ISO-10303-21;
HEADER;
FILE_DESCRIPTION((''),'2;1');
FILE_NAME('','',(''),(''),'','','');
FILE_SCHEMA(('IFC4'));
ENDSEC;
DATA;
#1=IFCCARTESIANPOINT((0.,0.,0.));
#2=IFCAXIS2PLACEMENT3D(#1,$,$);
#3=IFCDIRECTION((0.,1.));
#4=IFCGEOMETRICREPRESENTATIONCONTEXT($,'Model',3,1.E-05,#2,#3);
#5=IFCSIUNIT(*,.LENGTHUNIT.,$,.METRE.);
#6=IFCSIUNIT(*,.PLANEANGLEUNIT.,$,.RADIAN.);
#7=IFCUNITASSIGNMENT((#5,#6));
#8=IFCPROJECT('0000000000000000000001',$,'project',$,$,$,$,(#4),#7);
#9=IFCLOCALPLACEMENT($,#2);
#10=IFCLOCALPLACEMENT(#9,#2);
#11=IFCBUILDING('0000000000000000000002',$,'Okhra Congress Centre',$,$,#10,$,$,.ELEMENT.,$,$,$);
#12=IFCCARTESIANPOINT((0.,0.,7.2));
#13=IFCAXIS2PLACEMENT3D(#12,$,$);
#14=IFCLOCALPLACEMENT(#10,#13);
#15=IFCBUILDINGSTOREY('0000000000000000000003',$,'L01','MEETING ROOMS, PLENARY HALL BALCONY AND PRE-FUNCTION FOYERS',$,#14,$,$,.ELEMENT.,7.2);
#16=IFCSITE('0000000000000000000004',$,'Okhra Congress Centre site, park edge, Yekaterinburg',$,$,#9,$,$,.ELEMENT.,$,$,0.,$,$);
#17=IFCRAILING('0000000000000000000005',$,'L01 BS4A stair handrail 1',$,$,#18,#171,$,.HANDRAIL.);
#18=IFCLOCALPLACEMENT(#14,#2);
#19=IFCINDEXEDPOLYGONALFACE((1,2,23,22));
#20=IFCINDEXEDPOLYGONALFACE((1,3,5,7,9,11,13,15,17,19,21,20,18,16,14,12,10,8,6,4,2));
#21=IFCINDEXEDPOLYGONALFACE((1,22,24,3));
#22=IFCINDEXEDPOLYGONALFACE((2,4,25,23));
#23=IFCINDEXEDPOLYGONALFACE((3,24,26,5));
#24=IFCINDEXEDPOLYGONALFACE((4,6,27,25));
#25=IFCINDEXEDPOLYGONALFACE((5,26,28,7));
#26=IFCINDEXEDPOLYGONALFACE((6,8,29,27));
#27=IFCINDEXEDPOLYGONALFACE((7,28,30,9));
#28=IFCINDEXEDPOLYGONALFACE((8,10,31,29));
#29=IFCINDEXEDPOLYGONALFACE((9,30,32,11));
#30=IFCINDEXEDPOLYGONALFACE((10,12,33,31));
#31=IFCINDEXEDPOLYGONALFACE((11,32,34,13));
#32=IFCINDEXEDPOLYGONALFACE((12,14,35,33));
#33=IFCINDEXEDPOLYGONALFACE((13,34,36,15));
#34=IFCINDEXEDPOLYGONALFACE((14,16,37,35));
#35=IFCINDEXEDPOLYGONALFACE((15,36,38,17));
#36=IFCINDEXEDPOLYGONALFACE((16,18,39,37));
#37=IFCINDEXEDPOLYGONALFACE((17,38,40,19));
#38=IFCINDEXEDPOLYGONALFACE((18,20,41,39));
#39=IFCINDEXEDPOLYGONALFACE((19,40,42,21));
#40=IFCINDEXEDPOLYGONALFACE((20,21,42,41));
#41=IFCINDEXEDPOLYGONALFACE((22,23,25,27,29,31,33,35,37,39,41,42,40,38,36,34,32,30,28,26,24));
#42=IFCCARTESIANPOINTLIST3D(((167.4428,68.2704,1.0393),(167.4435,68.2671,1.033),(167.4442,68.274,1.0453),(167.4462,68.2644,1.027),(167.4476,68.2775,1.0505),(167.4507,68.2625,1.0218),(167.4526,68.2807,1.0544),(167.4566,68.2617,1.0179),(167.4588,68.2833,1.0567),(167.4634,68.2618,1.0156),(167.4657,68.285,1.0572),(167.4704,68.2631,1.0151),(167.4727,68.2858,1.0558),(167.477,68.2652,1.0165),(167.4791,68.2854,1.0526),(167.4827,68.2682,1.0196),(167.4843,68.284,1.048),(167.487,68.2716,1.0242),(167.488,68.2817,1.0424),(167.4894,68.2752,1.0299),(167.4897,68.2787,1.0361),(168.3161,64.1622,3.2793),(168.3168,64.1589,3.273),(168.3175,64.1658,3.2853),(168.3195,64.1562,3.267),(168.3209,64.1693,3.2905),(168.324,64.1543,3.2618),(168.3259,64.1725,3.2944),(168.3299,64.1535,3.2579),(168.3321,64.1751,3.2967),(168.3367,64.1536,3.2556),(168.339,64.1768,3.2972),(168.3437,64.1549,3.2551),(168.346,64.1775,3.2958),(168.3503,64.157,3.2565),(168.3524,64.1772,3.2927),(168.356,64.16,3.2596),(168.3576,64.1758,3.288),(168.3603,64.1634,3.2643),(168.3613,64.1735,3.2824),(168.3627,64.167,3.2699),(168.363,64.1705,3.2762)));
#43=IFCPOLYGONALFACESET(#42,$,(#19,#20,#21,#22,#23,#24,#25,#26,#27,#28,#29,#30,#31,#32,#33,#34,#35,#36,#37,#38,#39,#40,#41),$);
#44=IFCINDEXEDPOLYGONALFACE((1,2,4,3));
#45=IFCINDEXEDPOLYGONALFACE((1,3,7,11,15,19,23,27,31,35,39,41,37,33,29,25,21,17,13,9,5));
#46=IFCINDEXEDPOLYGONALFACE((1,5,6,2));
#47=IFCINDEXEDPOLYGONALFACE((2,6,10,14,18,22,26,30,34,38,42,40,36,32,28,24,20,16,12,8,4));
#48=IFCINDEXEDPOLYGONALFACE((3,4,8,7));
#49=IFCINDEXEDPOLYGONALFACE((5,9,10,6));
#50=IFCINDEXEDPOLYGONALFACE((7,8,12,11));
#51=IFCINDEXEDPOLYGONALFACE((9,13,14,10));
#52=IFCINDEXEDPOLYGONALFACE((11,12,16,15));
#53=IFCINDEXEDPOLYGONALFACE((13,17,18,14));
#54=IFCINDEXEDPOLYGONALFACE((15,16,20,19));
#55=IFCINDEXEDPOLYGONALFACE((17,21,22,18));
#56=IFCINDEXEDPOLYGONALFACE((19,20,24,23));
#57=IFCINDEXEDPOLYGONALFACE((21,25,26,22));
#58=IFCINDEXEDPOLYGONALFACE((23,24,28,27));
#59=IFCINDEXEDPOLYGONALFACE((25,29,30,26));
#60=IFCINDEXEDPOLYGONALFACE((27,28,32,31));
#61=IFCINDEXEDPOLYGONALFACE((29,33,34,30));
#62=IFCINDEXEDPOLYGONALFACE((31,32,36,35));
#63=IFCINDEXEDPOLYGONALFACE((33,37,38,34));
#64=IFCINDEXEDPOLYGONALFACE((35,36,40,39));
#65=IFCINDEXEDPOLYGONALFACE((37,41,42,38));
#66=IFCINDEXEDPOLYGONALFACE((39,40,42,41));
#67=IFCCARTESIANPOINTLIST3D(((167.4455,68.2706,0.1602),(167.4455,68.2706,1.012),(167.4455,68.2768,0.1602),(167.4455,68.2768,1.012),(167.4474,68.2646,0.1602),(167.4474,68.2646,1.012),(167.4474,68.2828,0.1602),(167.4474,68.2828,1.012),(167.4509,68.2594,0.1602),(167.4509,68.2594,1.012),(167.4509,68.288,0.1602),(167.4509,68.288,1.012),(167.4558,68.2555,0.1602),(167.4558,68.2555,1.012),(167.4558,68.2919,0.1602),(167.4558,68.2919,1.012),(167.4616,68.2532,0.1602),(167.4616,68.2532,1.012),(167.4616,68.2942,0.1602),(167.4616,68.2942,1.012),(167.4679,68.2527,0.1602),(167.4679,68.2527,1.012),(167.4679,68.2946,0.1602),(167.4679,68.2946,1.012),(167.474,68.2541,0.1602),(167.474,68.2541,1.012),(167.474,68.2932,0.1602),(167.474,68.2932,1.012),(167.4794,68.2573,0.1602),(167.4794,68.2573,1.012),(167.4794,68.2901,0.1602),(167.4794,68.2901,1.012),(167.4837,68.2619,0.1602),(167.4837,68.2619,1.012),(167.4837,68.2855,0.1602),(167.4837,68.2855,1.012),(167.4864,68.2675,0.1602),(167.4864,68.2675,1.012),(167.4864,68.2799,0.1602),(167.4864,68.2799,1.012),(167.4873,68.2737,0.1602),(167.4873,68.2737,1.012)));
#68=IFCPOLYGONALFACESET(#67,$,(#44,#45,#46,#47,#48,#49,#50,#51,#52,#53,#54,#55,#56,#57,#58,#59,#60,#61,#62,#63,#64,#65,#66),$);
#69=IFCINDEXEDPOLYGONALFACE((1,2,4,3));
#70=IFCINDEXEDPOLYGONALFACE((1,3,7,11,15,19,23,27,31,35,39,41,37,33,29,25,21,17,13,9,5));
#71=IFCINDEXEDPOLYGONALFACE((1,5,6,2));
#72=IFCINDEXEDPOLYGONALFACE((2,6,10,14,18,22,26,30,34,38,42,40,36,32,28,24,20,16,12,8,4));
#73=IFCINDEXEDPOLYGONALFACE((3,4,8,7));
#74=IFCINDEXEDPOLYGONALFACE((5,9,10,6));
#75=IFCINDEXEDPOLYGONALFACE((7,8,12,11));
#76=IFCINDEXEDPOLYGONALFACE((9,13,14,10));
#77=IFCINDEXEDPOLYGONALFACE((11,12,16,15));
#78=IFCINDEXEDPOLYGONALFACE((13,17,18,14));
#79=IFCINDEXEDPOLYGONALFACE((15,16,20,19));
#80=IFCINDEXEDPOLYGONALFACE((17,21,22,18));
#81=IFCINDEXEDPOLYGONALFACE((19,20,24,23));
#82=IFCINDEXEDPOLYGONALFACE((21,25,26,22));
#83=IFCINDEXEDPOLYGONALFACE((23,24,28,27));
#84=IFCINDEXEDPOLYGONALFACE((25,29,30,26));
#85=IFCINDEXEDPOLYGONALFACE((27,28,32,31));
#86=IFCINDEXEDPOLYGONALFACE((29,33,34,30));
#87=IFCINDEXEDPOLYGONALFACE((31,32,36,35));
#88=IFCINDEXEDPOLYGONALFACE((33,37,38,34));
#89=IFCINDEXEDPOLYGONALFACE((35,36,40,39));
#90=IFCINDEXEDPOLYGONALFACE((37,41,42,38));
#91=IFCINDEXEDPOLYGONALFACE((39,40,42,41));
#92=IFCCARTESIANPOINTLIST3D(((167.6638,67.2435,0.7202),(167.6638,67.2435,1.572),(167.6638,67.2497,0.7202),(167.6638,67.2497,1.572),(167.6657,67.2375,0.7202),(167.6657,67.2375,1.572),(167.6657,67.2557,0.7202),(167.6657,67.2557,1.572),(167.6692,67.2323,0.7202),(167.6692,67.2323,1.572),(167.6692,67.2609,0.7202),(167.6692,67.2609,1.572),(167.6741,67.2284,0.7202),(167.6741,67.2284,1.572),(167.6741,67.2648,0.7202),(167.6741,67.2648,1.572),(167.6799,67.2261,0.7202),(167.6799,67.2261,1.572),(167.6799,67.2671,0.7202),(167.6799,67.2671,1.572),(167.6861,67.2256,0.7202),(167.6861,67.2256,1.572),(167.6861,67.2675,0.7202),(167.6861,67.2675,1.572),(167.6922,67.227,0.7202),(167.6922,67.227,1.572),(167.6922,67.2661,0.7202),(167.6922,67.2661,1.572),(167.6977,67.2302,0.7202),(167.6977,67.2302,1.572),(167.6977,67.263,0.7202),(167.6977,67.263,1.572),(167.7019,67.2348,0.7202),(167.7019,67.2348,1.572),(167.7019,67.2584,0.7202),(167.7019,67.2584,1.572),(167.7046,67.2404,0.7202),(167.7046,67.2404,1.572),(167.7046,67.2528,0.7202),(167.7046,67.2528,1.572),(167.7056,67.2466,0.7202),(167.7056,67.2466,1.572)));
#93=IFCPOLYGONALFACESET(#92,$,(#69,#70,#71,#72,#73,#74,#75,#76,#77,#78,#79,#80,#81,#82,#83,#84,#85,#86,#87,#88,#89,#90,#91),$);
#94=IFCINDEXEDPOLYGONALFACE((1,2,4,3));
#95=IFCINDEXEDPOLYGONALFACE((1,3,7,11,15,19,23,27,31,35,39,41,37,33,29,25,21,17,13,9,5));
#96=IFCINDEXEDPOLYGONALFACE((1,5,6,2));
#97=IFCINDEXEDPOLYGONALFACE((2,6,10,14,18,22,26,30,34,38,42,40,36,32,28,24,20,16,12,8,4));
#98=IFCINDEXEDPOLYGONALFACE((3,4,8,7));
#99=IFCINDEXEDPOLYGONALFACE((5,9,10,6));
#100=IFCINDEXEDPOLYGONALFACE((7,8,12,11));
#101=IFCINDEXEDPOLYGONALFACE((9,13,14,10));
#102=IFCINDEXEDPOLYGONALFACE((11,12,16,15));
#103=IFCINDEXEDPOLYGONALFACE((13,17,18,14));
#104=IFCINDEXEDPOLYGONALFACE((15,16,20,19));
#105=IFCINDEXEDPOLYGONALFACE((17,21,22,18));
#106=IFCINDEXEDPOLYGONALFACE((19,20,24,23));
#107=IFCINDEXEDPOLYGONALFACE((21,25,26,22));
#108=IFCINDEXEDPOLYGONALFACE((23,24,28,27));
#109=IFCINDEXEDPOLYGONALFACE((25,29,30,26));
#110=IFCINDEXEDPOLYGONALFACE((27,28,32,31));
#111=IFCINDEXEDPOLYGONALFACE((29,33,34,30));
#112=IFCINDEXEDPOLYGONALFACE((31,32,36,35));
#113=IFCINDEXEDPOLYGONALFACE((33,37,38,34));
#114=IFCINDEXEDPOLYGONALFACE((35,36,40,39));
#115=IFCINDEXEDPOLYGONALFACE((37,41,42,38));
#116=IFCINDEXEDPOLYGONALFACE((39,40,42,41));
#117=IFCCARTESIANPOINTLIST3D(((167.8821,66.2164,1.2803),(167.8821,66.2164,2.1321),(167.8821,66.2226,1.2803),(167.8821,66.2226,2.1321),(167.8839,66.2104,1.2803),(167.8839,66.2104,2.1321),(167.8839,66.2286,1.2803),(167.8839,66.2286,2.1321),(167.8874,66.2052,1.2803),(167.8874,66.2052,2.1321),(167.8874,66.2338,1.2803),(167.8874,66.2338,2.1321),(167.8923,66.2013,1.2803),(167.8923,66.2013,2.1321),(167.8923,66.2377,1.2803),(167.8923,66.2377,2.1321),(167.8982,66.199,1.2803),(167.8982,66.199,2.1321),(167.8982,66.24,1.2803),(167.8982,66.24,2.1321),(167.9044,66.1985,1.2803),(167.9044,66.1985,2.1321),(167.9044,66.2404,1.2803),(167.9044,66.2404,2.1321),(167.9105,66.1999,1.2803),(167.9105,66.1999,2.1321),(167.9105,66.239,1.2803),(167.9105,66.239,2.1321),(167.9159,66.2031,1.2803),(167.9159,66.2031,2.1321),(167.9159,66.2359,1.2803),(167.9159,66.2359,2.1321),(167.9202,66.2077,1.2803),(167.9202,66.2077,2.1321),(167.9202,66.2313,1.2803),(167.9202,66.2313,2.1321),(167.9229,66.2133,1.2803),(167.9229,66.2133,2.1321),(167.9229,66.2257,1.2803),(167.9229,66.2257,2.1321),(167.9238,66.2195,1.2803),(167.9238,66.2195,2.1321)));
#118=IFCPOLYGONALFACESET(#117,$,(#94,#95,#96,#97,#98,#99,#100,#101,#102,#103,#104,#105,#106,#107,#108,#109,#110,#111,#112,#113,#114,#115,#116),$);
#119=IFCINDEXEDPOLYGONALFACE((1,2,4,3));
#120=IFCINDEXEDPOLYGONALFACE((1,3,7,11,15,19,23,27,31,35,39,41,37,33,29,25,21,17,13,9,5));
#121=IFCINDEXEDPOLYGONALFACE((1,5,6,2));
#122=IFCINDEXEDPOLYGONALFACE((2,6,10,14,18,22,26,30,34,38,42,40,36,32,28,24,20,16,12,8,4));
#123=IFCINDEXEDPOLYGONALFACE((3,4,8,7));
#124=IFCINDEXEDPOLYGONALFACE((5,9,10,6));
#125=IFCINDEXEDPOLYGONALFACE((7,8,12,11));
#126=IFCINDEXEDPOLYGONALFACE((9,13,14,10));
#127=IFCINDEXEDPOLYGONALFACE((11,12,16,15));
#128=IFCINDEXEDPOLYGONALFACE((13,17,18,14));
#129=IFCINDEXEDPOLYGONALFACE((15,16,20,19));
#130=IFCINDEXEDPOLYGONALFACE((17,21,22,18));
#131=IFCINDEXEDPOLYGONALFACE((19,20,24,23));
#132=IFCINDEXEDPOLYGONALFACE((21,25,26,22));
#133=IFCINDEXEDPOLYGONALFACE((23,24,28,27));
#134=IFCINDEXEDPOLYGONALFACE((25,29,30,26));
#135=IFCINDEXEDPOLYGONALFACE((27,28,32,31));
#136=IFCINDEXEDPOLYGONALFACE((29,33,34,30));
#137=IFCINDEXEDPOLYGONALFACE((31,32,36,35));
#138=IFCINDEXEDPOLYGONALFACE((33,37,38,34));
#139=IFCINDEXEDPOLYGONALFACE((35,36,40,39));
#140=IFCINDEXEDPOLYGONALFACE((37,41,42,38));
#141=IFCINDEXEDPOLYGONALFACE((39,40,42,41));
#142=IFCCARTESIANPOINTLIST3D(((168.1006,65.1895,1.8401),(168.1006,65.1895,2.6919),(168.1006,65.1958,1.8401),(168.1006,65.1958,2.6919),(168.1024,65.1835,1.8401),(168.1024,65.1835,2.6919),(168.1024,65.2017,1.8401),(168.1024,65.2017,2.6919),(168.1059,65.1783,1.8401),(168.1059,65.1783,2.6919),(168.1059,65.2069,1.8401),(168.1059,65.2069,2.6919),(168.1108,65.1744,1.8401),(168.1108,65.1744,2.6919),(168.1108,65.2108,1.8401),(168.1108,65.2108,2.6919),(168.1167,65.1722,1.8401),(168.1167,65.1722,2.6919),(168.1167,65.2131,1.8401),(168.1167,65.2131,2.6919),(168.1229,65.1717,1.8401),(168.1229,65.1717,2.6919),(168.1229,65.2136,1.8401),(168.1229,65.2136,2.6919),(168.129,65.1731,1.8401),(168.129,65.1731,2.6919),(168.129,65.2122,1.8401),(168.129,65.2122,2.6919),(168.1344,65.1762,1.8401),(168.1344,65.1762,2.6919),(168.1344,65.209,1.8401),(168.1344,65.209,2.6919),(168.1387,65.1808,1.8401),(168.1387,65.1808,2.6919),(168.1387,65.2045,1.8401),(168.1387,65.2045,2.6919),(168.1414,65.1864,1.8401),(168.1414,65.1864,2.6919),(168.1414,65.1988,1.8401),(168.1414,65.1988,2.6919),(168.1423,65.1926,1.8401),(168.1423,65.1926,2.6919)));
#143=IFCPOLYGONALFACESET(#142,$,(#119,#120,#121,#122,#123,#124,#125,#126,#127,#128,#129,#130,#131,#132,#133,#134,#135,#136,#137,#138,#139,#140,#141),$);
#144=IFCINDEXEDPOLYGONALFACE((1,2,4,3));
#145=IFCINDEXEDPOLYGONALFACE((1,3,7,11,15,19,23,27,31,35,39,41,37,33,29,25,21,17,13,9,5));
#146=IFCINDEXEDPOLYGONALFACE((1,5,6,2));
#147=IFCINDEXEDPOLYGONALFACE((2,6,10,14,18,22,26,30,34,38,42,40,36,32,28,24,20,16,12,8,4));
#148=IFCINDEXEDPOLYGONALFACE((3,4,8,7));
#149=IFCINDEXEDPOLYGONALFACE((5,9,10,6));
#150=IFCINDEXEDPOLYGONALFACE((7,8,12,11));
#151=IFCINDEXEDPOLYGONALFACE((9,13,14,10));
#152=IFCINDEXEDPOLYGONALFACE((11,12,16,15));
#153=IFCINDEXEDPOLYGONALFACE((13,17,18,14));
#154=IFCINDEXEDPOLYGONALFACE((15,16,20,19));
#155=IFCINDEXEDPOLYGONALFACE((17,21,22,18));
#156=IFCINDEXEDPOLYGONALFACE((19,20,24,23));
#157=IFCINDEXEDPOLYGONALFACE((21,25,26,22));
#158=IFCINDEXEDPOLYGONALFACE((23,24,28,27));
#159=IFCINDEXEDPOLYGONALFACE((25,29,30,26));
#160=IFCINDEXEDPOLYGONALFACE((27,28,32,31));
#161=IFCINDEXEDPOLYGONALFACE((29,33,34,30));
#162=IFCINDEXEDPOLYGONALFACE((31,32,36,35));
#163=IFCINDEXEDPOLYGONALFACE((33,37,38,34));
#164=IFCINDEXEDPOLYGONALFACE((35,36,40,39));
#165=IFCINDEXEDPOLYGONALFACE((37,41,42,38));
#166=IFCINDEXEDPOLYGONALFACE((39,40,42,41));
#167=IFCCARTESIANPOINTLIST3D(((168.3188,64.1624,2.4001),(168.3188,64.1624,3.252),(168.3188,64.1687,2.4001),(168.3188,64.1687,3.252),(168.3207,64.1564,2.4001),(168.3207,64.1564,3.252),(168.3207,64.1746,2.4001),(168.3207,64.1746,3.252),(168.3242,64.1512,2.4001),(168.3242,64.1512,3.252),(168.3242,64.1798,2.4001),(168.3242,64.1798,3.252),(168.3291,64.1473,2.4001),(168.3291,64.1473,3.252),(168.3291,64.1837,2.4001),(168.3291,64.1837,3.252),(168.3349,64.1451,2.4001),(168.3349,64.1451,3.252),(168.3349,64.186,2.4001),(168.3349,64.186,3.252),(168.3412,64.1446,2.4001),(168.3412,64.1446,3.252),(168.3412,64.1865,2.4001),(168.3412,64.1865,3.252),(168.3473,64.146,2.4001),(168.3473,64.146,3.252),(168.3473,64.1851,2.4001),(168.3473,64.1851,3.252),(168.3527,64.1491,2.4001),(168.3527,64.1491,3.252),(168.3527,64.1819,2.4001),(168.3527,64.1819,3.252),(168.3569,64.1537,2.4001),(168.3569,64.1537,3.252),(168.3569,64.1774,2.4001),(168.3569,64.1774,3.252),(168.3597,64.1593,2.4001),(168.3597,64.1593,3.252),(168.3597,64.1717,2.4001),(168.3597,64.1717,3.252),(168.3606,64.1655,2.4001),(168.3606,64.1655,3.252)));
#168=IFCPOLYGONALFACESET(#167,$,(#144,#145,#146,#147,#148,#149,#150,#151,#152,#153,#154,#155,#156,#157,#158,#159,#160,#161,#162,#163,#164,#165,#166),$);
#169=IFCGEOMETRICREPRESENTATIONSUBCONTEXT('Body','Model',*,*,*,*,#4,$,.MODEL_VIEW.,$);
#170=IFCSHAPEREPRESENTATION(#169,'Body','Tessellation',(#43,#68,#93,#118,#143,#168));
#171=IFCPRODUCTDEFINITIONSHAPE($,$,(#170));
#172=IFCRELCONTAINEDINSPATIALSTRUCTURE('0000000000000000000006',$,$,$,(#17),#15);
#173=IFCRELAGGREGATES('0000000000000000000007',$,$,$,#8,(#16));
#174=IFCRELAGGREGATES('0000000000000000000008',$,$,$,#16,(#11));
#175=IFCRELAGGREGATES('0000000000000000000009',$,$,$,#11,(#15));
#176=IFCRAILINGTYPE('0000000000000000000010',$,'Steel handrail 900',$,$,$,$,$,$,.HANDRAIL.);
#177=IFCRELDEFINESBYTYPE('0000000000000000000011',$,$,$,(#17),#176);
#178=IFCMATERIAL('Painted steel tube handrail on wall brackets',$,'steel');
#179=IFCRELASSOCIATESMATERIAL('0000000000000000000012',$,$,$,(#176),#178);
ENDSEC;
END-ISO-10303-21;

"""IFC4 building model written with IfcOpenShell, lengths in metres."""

from ifc_helpers import new_model, si_unit, direction, frame, origin, origin_2d, place, context, subcontext, project, spatial, circle, extrude, material, type_object, element, save


model = new_model("IFC4")

# Units and contexts
model_context = context("Model", 3, precision=1e-05, world=origin(), true_north=direction((0.0, 1.0)))
body_context = subcontext(model_context, "Body", "Model", "MODEL_VIEW")
ifc_project = project(units=[si_unit("LENGTHUNIT", "METRE"), si_unit("PLANEANGLEUNIT", "RADIAN")], contexts=[model_context])

# Site, building, storey
site_placement = place(None, origin())
site = spatial("IfcSite", under=ifc_project, at=site_placement, Name="Okhra Congress Centre site, park edge, Yekaterinburg", CompositionType="ELEMENT", RefElevation=0.0)
building_placement = place(site_placement, origin())
building = spatial("IfcBuilding", under=site, at=building_placement, Name="Okhra Congress Centre", CompositionType="ELEMENT")
storey_placement = place(building_placement, frame((0.0, 0.0, 7.2)))
storey = spatial("IfcBuildingStorey", under=building, at=storey_placement, Name="L01", Description="MEETING ROOMS, PLENARY HALL BALCONY AND PRE-FUNCTION FOYERS", CompositionType="ELEMENT", Elevation=7.2)

# Railing
ifc_material_1 = material(Name="Painted steel tube handrail on wall brackets", Category="steel")
railing_type_1 = type_object("IfcRailingType", Name="Steel handrail 900", PredefinedType="HANDRAIL", material=ifc_material_1)
railing_1_placement = place(storey_placement, frame((167.4663, 68.2737, 0.1602)))
element("IfcRailing", 1, at=railing_1_placement, inside=storey, type_object=railing_type_1, Name="L01 BS4A stair handrail 1", PredefinedType="HANDRAIL", context=body_context, shape_type="SweptSolid", body=[
    extrude(circle(Radius=0.0239, at=origin_2d()), frame((0.0, 0.0, 0.876), z_axis=(0.183466, -0.863067, 0.470591), x_axis=(0.978144, 0.207929, 0.0)), (0.0, 0.0, 1.0), 4.76),
    extrude(circle(Radius=0.021, at=origin_2d()), origin(), (0.0, 0.0, 1.0), 0.8518),
    extrude(circle(Radius=0.021, at=origin_2d()), frame((0.2183, -1.0271, 0.5601)), (0.0, 0.0, 1.0), 0.8518),
    extrude(circle(Radius=0.021, at=origin_2d()), frame((0.4365, -2.0542, 1.1201)), (0.0, 0.0, 1.0), 0.8518),
    extrude(circle(Radius=0.021, at=origin_2d()), frame((0.655, -3.0811, 1.6799)), (0.0, 0.0, 1.0), 0.8518),
    extrude(circle(Radius=0.021, at=origin_2d()), frame((0.8733, -4.1082, 2.24)), (0.0, 0.0, 1.0), 0.8518),
])

save(model, "model.ifc")
